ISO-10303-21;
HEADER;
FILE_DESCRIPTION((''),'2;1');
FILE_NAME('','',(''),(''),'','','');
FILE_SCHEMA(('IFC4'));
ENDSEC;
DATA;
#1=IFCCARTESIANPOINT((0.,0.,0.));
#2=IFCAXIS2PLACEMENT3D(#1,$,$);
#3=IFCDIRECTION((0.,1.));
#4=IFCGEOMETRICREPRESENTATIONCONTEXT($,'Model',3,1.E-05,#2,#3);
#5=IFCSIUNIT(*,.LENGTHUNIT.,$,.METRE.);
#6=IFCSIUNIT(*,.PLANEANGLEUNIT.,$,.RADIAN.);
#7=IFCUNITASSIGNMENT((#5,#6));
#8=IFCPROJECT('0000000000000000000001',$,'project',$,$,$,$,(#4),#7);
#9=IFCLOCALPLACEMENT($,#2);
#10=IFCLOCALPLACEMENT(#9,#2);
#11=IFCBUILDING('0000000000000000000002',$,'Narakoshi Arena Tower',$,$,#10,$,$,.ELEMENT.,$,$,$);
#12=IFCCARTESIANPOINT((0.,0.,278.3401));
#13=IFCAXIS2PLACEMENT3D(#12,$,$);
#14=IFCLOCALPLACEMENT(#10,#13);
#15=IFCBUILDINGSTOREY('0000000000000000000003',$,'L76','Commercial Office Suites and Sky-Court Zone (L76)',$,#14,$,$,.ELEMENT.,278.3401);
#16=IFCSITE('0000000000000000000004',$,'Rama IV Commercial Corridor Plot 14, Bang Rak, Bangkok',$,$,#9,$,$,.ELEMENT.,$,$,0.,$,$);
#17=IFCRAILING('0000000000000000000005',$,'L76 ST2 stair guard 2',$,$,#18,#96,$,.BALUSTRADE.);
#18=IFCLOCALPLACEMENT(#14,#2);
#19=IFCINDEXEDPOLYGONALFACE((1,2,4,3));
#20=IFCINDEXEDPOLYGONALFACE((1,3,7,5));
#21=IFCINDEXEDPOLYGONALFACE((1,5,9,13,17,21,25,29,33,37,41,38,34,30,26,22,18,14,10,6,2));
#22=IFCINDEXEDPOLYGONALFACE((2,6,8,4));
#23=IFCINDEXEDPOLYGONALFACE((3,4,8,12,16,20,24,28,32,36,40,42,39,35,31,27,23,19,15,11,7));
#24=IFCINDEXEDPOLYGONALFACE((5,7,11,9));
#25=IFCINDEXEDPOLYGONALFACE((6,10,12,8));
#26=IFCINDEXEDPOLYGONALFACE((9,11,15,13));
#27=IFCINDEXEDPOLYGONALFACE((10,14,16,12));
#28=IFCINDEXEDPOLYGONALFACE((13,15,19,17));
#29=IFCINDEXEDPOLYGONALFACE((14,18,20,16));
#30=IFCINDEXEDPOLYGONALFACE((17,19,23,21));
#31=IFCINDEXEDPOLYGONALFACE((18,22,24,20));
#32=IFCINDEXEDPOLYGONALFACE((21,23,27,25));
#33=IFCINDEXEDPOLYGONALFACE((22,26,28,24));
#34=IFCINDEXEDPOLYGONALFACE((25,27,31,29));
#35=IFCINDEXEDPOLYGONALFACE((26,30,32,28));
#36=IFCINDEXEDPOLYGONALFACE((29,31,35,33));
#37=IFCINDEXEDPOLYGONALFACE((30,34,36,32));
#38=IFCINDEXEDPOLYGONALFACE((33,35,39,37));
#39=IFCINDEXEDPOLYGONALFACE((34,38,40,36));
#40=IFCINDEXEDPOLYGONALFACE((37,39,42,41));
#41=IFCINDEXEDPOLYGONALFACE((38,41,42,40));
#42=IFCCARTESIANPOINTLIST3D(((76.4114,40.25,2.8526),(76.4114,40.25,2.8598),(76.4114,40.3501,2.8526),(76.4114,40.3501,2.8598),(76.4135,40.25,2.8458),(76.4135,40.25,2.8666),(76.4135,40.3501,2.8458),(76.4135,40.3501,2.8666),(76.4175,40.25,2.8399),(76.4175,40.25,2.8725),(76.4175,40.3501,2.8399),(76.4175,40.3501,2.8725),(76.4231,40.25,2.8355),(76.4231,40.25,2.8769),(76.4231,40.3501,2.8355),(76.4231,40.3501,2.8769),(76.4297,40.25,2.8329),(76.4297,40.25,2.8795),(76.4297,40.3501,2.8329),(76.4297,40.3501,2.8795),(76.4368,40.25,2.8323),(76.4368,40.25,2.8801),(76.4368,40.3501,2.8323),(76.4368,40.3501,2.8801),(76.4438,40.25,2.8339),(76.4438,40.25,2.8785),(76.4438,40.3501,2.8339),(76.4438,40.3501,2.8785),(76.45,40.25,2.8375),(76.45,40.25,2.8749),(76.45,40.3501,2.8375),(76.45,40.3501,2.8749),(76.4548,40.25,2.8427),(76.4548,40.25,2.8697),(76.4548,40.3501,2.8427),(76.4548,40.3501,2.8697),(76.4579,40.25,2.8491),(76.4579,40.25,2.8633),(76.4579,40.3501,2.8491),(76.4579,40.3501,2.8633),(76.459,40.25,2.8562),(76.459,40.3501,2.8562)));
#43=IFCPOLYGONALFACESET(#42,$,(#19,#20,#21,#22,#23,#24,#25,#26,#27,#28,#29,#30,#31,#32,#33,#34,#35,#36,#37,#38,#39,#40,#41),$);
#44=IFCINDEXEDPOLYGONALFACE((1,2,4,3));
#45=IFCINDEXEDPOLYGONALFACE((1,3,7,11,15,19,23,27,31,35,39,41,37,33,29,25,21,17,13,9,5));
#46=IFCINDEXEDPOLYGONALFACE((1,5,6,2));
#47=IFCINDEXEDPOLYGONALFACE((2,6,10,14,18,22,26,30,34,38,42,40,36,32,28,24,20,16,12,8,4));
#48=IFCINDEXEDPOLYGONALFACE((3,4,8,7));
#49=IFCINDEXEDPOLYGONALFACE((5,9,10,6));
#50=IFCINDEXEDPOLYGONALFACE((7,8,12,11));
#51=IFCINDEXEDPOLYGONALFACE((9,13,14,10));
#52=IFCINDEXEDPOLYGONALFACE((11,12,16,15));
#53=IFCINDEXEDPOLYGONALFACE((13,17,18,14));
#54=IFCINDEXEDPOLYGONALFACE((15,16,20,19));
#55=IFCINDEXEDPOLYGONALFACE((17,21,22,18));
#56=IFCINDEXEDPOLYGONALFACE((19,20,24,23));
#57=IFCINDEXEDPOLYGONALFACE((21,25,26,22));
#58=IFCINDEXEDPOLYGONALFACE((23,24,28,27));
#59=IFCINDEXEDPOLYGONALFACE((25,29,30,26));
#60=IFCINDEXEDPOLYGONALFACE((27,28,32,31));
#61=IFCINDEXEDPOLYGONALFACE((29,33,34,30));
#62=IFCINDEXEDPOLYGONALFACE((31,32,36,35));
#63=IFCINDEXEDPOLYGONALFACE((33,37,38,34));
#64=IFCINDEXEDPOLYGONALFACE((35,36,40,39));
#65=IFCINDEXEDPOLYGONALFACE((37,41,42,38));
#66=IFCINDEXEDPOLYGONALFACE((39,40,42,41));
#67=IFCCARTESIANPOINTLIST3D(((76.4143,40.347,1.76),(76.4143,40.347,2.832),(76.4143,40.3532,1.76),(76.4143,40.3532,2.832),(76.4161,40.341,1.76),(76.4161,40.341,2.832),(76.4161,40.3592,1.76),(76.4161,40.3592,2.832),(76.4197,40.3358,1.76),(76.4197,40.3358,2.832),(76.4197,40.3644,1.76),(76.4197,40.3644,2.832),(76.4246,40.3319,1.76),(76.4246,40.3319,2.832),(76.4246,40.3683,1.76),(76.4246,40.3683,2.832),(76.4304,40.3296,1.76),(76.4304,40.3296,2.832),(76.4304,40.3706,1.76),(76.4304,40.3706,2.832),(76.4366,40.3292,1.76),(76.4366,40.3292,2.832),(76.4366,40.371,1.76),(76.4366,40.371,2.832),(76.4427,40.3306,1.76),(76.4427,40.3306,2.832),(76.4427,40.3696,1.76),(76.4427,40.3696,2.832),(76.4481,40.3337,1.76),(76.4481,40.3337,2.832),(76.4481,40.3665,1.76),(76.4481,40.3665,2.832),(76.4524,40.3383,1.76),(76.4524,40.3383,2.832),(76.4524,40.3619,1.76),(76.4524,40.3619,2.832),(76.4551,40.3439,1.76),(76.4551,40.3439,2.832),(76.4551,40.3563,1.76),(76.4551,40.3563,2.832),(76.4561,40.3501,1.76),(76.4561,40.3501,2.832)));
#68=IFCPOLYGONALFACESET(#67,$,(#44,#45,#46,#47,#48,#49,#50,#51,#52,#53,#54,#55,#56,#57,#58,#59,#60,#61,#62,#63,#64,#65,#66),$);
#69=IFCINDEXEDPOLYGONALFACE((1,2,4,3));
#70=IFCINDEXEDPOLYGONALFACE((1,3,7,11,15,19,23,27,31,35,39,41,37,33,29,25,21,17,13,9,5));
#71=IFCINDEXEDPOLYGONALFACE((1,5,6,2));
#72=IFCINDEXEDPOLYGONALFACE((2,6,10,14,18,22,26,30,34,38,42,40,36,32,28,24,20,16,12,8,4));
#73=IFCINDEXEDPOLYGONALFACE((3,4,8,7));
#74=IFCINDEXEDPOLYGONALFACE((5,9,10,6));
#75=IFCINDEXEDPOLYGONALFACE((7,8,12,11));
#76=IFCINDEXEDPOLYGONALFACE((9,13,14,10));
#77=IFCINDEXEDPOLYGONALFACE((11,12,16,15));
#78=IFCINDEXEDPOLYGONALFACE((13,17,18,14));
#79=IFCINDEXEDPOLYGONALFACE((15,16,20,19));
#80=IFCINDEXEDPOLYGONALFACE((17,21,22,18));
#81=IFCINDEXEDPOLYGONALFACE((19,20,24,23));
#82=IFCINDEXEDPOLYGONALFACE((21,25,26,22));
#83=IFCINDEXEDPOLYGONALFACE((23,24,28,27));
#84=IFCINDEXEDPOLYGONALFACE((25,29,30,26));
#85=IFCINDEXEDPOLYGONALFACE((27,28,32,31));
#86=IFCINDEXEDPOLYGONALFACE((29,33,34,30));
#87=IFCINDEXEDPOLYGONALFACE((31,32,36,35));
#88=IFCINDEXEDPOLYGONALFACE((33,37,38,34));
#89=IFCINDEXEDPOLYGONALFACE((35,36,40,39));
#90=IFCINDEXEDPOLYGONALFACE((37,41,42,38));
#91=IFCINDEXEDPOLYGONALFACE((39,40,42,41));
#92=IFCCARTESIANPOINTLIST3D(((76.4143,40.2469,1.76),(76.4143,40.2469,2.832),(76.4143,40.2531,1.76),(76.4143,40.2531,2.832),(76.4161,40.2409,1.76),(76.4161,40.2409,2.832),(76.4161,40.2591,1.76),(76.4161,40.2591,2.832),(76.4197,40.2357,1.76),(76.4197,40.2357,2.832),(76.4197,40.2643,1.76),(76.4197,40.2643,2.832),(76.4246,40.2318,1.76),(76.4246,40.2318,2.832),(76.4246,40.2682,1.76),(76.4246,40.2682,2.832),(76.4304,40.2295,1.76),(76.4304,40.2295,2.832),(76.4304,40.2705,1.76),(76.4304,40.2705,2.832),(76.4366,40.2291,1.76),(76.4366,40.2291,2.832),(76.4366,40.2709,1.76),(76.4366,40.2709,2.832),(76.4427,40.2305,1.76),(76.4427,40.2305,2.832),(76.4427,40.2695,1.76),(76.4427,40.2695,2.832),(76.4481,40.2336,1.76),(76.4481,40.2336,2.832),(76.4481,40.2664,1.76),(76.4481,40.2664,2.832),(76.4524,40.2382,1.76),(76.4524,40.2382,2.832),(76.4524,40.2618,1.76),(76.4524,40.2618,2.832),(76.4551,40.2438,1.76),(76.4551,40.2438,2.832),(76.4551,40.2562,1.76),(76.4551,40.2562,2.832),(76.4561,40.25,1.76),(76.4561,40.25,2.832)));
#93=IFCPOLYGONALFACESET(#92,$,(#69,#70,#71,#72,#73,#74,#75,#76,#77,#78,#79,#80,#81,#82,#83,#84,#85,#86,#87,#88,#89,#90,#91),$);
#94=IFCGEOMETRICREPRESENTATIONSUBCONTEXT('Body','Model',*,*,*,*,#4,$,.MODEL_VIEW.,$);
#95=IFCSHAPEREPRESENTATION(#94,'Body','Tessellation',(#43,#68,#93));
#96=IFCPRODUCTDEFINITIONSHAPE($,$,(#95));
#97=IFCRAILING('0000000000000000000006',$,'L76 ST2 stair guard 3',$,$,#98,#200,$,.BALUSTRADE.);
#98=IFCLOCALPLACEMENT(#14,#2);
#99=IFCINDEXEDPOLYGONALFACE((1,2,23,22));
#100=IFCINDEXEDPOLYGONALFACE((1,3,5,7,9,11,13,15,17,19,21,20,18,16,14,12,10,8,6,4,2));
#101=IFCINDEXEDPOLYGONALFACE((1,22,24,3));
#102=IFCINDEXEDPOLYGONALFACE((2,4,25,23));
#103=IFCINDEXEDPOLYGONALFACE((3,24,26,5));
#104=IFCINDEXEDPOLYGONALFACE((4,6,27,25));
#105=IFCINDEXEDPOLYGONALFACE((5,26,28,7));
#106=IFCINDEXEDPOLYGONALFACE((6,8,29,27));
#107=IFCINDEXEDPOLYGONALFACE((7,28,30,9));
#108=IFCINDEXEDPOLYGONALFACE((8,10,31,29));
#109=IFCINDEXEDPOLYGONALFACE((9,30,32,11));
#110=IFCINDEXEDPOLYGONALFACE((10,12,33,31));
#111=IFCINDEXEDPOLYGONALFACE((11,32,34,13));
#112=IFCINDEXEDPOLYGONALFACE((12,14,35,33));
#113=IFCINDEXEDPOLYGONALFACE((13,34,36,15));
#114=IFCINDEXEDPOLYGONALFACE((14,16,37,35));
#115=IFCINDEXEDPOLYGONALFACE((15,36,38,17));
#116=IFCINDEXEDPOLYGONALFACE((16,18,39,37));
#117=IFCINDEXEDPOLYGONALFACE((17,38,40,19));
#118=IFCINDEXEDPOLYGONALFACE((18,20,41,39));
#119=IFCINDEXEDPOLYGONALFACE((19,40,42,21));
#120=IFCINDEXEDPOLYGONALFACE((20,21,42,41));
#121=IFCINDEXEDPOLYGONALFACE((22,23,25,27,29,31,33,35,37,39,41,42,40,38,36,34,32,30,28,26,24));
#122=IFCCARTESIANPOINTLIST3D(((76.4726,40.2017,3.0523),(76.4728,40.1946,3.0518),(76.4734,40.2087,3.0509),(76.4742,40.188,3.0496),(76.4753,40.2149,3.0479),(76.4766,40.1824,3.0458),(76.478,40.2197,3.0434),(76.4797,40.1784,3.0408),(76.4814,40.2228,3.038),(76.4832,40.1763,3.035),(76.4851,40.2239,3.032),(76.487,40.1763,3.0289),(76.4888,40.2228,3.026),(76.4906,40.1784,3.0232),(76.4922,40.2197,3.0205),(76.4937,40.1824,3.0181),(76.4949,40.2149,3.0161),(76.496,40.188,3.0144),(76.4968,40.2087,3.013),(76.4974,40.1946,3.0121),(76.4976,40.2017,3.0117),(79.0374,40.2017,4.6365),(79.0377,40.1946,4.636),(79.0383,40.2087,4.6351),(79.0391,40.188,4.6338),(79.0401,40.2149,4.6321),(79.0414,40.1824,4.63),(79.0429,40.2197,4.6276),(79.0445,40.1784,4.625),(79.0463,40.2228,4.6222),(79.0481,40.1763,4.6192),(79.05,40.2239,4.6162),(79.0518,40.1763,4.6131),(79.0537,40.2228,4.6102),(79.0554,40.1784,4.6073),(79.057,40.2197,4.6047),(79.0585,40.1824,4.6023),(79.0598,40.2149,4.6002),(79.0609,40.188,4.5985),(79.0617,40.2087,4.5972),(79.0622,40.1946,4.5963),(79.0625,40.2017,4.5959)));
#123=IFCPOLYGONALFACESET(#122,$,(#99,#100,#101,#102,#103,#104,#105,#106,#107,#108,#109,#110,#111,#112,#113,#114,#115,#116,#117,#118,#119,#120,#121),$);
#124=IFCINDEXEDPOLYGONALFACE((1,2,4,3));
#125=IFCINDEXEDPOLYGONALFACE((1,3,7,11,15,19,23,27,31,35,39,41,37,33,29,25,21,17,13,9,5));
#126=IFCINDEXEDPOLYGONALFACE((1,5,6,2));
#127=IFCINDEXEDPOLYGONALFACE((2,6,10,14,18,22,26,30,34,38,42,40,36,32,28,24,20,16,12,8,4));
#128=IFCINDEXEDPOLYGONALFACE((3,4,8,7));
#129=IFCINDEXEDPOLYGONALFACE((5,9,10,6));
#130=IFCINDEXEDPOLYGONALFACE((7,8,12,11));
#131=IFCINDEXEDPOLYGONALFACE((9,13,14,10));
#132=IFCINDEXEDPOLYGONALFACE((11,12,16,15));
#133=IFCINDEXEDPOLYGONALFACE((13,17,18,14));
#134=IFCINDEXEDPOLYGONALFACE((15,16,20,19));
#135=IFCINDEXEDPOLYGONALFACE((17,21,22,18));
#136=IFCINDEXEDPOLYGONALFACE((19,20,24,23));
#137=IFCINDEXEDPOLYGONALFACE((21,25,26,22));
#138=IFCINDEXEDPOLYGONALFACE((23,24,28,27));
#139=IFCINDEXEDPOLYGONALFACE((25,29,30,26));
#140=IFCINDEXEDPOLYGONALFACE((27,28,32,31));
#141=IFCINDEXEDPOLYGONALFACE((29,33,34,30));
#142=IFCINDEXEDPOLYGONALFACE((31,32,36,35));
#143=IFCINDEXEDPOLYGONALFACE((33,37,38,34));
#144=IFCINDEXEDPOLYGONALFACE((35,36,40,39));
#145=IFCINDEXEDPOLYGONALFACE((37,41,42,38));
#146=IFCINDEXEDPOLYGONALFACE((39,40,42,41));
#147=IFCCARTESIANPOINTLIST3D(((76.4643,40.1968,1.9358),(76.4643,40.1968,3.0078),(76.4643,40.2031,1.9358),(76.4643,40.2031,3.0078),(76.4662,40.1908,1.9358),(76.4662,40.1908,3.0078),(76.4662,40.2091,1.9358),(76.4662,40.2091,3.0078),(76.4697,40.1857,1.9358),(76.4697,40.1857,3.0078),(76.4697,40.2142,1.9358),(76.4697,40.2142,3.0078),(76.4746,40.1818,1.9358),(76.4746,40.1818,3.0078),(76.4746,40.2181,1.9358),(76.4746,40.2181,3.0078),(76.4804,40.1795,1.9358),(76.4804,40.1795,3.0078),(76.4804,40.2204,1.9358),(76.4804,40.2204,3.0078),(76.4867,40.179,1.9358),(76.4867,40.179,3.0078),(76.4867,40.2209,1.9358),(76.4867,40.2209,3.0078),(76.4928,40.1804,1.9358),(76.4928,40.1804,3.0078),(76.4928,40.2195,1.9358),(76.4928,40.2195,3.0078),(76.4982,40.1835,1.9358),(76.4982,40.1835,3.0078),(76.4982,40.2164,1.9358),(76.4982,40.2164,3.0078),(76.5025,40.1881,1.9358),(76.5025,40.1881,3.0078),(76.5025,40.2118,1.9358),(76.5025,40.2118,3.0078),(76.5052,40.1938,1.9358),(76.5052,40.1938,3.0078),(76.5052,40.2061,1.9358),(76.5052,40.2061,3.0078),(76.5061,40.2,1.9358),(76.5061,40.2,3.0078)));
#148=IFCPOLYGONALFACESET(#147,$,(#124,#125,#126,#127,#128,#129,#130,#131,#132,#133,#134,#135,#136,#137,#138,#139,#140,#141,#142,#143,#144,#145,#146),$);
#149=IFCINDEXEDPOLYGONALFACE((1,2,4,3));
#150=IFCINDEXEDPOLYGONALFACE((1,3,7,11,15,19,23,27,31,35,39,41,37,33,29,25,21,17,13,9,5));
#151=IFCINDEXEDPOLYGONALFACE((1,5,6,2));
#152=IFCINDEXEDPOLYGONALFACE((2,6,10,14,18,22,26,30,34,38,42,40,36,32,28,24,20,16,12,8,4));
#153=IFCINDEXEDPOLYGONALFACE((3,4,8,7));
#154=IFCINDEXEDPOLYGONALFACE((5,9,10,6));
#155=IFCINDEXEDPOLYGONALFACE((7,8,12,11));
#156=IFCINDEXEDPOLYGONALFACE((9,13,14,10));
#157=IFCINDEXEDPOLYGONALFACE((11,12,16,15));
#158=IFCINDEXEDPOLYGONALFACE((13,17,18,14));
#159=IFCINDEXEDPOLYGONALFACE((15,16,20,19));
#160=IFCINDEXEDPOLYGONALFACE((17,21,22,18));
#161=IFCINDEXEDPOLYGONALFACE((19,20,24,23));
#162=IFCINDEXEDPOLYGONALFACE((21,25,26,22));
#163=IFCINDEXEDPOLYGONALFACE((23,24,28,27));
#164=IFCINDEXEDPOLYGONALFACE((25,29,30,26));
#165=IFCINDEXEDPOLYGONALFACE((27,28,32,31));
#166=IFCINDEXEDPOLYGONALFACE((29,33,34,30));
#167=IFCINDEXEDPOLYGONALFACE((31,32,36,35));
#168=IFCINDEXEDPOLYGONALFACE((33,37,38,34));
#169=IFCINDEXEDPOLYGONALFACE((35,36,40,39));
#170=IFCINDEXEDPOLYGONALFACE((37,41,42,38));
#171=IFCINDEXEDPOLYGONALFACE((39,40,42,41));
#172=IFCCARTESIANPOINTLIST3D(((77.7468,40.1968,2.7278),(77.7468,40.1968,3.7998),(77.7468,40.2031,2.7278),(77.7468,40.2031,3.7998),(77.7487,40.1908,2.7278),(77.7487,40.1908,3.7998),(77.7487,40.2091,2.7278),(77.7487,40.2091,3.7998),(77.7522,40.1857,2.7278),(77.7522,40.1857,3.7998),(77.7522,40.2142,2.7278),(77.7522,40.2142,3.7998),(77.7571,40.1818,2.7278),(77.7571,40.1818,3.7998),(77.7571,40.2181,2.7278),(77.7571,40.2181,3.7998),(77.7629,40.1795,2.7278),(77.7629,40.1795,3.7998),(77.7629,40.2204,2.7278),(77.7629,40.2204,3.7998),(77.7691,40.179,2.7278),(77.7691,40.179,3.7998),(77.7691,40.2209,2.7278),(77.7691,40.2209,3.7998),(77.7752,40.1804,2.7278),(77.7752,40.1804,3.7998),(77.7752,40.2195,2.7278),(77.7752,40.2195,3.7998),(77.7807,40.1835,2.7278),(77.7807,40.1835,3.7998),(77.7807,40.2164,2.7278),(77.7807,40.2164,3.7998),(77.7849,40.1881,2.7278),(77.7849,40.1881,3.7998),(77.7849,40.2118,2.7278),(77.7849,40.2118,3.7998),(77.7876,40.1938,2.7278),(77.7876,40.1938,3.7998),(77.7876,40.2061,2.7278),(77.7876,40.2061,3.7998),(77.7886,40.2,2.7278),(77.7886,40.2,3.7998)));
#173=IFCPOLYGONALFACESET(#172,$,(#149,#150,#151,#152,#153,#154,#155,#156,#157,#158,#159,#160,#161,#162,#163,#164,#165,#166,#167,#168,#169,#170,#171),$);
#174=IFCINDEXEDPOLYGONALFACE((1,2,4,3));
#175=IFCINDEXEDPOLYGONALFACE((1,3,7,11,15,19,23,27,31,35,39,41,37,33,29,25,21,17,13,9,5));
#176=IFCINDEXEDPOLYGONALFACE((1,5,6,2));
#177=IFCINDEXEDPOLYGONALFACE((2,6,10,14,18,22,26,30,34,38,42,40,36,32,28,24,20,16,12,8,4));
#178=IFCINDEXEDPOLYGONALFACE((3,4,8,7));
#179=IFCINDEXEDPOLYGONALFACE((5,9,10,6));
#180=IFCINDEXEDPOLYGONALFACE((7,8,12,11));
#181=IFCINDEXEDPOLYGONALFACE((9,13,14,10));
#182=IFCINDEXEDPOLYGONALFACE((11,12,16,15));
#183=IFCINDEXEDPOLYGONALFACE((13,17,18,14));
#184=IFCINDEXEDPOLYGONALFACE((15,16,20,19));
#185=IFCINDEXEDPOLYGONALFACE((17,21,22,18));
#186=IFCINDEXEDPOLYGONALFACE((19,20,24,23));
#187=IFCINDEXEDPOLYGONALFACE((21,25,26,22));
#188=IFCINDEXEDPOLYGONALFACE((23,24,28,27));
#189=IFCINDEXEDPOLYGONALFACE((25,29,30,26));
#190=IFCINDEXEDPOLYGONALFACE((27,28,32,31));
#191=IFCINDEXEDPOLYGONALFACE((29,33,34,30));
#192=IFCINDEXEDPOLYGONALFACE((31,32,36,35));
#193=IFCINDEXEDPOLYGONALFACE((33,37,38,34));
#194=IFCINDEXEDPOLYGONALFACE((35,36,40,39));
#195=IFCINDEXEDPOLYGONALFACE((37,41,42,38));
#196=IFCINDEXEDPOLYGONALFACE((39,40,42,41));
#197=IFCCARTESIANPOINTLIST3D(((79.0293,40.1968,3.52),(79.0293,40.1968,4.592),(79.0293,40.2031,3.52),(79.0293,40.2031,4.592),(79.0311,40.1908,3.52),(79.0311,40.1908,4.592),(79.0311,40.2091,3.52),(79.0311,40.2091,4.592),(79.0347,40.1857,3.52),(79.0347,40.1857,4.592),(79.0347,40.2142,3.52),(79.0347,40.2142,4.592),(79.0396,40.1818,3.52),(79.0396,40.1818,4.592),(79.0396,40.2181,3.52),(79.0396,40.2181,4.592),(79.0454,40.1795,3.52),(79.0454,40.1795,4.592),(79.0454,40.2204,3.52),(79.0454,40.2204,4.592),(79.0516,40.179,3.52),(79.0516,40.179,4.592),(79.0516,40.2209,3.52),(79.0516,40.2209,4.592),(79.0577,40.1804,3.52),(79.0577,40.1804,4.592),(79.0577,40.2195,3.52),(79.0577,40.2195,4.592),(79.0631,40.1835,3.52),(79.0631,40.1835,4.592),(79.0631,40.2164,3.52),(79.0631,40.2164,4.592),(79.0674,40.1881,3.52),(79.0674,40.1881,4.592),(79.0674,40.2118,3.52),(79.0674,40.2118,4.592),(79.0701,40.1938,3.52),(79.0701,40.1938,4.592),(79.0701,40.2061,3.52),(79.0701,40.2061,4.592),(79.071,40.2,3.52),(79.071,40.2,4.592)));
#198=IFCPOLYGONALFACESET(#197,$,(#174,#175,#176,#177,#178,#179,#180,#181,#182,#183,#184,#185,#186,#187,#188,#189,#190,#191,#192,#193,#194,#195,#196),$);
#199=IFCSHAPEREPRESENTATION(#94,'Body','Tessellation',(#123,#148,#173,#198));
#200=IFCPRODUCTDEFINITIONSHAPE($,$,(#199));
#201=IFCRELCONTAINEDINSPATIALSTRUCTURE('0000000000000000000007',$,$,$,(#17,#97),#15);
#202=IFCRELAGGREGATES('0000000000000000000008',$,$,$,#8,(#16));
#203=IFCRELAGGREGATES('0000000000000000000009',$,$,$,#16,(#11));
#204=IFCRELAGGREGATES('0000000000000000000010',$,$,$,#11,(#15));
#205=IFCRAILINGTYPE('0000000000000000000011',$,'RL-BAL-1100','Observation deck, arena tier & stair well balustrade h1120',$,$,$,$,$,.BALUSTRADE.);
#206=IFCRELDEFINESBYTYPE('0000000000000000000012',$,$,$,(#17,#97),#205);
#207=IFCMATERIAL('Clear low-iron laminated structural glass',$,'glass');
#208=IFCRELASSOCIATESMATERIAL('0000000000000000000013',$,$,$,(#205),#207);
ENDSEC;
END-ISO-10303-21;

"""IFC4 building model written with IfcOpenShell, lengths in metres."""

from ifc_helpers import new_model, si_unit, direction, frame, origin, origin_2d, place, context, subcontext, project, spatial, circle, extrude, material, type_object, element, save


model = new_model("IFC4")

# Units and contexts
model_context = context("Model", 3, precision=1e-05, world=origin(), true_north=direction((0.0, 1.0)))
body_context = subcontext(model_context, "Body", "Model", "MODEL_VIEW")
ifc_project = project(units=[si_unit("LENGTHUNIT", "METRE"), si_unit("PLANEANGLEUNIT", "RADIAN")], contexts=[model_context])

# Site, building, storey
site_placement = place(None, origin())
site = spatial("IfcSite", under=ifc_project, at=site_placement, Name="Rama IV Commercial Corridor Plot 14, Bang Rak, Bangkok", CompositionType="ELEMENT", RefElevation=0.0)
building_placement = place(site_placement, origin())
building = spatial("IfcBuilding", under=site, at=building_placement, Name="Narakoshi Arena Tower", CompositionType="ELEMENT")
storey_placement = place(building_placement, frame((0.0, 0.0, 278.3401)))
storey = spatial("IfcBuildingStorey", under=building, at=storey_placement, Name="L76", Description="Commercial Office Suites and Sky-Court Zone (L76)", CompositionType="ELEMENT", Elevation=278.3401)

# Railings
ifc_material_1 = material(Name="Clear low-iron laminated structural glass", Category="glass")
railing_type_1 = type_object("IfcRailingType", Name="RL-BAL-1100", Description="Observation deck, arena tier & stair well balustrade h1120", PredefinedType="BALUSTRADE", material=ifc_material_1)
railing_1_placement = place(storey_placement, frame((76.4351, 40.3501, 1.76)))
element("IfcRailing", 1, at=railing_1_placement, inside=storey, type_object=railing_type_1, Name="L76 ST2 stair guard 2", PredefinedType="BALUSTRADE", context=body_context, shape_type="SweptSolid", body=[
    extrude(circle(Radius=0.0239, at=origin_2d()), frame((0.0, 0.0, 1.0962), z_axis=(0.0, -1.0, 0.0), x_axis=(1.0, 0.0, 0.0)), (0.0, 0.0, 1.0), 0.1001),
    extrude(circle(Radius=0.021, at=origin_2d()), origin(), (0.0, 0.0, 1.0), 1.072),
    extrude(circle(Radius=0.021, at=origin_2d()), frame((0.0, -0.1001, 0.0)), (0.0, 0.0, 1.0), 1.072),
])
railing_2_placement = place(storey_placement, frame((76.4851, 40.2, 1.9358)))
element("IfcRailing", 2, at=railing_2_placement, inside=storey, type_object=railing_type_1, Name="L76 ST2 stair guard 3", PredefinedType="BALUSTRADE", context=body_context, shape_type="SweptSolid", body=[
    extrude(circle(Radius=0.0239, at=origin_2d()), frame((0.0, 0.0, 1.0962), z_axis=(0.850798, 0.0, 0.525493), x_axis=(0.0, 1.0, 0.0)), (0.0, 0.0, 1.0), 3.0146),
    extrude(circle(Radius=0.021, at=origin_2d()), origin(), (0.0, 0.0, 1.0), 1.072),
    extrude(circle(Radius=0.021, at=origin_2d()), frame((1.2825, 0.0, 0.792)), (0.0, 0.0, 1.0), 1.072),
    extrude(circle(Radius=0.021, at=origin_2d()), frame((2.5649, 0.0, 1.5842)), (0.0, 0.0, 1.0), 1.072),
])

save(model, "model.ifc")
